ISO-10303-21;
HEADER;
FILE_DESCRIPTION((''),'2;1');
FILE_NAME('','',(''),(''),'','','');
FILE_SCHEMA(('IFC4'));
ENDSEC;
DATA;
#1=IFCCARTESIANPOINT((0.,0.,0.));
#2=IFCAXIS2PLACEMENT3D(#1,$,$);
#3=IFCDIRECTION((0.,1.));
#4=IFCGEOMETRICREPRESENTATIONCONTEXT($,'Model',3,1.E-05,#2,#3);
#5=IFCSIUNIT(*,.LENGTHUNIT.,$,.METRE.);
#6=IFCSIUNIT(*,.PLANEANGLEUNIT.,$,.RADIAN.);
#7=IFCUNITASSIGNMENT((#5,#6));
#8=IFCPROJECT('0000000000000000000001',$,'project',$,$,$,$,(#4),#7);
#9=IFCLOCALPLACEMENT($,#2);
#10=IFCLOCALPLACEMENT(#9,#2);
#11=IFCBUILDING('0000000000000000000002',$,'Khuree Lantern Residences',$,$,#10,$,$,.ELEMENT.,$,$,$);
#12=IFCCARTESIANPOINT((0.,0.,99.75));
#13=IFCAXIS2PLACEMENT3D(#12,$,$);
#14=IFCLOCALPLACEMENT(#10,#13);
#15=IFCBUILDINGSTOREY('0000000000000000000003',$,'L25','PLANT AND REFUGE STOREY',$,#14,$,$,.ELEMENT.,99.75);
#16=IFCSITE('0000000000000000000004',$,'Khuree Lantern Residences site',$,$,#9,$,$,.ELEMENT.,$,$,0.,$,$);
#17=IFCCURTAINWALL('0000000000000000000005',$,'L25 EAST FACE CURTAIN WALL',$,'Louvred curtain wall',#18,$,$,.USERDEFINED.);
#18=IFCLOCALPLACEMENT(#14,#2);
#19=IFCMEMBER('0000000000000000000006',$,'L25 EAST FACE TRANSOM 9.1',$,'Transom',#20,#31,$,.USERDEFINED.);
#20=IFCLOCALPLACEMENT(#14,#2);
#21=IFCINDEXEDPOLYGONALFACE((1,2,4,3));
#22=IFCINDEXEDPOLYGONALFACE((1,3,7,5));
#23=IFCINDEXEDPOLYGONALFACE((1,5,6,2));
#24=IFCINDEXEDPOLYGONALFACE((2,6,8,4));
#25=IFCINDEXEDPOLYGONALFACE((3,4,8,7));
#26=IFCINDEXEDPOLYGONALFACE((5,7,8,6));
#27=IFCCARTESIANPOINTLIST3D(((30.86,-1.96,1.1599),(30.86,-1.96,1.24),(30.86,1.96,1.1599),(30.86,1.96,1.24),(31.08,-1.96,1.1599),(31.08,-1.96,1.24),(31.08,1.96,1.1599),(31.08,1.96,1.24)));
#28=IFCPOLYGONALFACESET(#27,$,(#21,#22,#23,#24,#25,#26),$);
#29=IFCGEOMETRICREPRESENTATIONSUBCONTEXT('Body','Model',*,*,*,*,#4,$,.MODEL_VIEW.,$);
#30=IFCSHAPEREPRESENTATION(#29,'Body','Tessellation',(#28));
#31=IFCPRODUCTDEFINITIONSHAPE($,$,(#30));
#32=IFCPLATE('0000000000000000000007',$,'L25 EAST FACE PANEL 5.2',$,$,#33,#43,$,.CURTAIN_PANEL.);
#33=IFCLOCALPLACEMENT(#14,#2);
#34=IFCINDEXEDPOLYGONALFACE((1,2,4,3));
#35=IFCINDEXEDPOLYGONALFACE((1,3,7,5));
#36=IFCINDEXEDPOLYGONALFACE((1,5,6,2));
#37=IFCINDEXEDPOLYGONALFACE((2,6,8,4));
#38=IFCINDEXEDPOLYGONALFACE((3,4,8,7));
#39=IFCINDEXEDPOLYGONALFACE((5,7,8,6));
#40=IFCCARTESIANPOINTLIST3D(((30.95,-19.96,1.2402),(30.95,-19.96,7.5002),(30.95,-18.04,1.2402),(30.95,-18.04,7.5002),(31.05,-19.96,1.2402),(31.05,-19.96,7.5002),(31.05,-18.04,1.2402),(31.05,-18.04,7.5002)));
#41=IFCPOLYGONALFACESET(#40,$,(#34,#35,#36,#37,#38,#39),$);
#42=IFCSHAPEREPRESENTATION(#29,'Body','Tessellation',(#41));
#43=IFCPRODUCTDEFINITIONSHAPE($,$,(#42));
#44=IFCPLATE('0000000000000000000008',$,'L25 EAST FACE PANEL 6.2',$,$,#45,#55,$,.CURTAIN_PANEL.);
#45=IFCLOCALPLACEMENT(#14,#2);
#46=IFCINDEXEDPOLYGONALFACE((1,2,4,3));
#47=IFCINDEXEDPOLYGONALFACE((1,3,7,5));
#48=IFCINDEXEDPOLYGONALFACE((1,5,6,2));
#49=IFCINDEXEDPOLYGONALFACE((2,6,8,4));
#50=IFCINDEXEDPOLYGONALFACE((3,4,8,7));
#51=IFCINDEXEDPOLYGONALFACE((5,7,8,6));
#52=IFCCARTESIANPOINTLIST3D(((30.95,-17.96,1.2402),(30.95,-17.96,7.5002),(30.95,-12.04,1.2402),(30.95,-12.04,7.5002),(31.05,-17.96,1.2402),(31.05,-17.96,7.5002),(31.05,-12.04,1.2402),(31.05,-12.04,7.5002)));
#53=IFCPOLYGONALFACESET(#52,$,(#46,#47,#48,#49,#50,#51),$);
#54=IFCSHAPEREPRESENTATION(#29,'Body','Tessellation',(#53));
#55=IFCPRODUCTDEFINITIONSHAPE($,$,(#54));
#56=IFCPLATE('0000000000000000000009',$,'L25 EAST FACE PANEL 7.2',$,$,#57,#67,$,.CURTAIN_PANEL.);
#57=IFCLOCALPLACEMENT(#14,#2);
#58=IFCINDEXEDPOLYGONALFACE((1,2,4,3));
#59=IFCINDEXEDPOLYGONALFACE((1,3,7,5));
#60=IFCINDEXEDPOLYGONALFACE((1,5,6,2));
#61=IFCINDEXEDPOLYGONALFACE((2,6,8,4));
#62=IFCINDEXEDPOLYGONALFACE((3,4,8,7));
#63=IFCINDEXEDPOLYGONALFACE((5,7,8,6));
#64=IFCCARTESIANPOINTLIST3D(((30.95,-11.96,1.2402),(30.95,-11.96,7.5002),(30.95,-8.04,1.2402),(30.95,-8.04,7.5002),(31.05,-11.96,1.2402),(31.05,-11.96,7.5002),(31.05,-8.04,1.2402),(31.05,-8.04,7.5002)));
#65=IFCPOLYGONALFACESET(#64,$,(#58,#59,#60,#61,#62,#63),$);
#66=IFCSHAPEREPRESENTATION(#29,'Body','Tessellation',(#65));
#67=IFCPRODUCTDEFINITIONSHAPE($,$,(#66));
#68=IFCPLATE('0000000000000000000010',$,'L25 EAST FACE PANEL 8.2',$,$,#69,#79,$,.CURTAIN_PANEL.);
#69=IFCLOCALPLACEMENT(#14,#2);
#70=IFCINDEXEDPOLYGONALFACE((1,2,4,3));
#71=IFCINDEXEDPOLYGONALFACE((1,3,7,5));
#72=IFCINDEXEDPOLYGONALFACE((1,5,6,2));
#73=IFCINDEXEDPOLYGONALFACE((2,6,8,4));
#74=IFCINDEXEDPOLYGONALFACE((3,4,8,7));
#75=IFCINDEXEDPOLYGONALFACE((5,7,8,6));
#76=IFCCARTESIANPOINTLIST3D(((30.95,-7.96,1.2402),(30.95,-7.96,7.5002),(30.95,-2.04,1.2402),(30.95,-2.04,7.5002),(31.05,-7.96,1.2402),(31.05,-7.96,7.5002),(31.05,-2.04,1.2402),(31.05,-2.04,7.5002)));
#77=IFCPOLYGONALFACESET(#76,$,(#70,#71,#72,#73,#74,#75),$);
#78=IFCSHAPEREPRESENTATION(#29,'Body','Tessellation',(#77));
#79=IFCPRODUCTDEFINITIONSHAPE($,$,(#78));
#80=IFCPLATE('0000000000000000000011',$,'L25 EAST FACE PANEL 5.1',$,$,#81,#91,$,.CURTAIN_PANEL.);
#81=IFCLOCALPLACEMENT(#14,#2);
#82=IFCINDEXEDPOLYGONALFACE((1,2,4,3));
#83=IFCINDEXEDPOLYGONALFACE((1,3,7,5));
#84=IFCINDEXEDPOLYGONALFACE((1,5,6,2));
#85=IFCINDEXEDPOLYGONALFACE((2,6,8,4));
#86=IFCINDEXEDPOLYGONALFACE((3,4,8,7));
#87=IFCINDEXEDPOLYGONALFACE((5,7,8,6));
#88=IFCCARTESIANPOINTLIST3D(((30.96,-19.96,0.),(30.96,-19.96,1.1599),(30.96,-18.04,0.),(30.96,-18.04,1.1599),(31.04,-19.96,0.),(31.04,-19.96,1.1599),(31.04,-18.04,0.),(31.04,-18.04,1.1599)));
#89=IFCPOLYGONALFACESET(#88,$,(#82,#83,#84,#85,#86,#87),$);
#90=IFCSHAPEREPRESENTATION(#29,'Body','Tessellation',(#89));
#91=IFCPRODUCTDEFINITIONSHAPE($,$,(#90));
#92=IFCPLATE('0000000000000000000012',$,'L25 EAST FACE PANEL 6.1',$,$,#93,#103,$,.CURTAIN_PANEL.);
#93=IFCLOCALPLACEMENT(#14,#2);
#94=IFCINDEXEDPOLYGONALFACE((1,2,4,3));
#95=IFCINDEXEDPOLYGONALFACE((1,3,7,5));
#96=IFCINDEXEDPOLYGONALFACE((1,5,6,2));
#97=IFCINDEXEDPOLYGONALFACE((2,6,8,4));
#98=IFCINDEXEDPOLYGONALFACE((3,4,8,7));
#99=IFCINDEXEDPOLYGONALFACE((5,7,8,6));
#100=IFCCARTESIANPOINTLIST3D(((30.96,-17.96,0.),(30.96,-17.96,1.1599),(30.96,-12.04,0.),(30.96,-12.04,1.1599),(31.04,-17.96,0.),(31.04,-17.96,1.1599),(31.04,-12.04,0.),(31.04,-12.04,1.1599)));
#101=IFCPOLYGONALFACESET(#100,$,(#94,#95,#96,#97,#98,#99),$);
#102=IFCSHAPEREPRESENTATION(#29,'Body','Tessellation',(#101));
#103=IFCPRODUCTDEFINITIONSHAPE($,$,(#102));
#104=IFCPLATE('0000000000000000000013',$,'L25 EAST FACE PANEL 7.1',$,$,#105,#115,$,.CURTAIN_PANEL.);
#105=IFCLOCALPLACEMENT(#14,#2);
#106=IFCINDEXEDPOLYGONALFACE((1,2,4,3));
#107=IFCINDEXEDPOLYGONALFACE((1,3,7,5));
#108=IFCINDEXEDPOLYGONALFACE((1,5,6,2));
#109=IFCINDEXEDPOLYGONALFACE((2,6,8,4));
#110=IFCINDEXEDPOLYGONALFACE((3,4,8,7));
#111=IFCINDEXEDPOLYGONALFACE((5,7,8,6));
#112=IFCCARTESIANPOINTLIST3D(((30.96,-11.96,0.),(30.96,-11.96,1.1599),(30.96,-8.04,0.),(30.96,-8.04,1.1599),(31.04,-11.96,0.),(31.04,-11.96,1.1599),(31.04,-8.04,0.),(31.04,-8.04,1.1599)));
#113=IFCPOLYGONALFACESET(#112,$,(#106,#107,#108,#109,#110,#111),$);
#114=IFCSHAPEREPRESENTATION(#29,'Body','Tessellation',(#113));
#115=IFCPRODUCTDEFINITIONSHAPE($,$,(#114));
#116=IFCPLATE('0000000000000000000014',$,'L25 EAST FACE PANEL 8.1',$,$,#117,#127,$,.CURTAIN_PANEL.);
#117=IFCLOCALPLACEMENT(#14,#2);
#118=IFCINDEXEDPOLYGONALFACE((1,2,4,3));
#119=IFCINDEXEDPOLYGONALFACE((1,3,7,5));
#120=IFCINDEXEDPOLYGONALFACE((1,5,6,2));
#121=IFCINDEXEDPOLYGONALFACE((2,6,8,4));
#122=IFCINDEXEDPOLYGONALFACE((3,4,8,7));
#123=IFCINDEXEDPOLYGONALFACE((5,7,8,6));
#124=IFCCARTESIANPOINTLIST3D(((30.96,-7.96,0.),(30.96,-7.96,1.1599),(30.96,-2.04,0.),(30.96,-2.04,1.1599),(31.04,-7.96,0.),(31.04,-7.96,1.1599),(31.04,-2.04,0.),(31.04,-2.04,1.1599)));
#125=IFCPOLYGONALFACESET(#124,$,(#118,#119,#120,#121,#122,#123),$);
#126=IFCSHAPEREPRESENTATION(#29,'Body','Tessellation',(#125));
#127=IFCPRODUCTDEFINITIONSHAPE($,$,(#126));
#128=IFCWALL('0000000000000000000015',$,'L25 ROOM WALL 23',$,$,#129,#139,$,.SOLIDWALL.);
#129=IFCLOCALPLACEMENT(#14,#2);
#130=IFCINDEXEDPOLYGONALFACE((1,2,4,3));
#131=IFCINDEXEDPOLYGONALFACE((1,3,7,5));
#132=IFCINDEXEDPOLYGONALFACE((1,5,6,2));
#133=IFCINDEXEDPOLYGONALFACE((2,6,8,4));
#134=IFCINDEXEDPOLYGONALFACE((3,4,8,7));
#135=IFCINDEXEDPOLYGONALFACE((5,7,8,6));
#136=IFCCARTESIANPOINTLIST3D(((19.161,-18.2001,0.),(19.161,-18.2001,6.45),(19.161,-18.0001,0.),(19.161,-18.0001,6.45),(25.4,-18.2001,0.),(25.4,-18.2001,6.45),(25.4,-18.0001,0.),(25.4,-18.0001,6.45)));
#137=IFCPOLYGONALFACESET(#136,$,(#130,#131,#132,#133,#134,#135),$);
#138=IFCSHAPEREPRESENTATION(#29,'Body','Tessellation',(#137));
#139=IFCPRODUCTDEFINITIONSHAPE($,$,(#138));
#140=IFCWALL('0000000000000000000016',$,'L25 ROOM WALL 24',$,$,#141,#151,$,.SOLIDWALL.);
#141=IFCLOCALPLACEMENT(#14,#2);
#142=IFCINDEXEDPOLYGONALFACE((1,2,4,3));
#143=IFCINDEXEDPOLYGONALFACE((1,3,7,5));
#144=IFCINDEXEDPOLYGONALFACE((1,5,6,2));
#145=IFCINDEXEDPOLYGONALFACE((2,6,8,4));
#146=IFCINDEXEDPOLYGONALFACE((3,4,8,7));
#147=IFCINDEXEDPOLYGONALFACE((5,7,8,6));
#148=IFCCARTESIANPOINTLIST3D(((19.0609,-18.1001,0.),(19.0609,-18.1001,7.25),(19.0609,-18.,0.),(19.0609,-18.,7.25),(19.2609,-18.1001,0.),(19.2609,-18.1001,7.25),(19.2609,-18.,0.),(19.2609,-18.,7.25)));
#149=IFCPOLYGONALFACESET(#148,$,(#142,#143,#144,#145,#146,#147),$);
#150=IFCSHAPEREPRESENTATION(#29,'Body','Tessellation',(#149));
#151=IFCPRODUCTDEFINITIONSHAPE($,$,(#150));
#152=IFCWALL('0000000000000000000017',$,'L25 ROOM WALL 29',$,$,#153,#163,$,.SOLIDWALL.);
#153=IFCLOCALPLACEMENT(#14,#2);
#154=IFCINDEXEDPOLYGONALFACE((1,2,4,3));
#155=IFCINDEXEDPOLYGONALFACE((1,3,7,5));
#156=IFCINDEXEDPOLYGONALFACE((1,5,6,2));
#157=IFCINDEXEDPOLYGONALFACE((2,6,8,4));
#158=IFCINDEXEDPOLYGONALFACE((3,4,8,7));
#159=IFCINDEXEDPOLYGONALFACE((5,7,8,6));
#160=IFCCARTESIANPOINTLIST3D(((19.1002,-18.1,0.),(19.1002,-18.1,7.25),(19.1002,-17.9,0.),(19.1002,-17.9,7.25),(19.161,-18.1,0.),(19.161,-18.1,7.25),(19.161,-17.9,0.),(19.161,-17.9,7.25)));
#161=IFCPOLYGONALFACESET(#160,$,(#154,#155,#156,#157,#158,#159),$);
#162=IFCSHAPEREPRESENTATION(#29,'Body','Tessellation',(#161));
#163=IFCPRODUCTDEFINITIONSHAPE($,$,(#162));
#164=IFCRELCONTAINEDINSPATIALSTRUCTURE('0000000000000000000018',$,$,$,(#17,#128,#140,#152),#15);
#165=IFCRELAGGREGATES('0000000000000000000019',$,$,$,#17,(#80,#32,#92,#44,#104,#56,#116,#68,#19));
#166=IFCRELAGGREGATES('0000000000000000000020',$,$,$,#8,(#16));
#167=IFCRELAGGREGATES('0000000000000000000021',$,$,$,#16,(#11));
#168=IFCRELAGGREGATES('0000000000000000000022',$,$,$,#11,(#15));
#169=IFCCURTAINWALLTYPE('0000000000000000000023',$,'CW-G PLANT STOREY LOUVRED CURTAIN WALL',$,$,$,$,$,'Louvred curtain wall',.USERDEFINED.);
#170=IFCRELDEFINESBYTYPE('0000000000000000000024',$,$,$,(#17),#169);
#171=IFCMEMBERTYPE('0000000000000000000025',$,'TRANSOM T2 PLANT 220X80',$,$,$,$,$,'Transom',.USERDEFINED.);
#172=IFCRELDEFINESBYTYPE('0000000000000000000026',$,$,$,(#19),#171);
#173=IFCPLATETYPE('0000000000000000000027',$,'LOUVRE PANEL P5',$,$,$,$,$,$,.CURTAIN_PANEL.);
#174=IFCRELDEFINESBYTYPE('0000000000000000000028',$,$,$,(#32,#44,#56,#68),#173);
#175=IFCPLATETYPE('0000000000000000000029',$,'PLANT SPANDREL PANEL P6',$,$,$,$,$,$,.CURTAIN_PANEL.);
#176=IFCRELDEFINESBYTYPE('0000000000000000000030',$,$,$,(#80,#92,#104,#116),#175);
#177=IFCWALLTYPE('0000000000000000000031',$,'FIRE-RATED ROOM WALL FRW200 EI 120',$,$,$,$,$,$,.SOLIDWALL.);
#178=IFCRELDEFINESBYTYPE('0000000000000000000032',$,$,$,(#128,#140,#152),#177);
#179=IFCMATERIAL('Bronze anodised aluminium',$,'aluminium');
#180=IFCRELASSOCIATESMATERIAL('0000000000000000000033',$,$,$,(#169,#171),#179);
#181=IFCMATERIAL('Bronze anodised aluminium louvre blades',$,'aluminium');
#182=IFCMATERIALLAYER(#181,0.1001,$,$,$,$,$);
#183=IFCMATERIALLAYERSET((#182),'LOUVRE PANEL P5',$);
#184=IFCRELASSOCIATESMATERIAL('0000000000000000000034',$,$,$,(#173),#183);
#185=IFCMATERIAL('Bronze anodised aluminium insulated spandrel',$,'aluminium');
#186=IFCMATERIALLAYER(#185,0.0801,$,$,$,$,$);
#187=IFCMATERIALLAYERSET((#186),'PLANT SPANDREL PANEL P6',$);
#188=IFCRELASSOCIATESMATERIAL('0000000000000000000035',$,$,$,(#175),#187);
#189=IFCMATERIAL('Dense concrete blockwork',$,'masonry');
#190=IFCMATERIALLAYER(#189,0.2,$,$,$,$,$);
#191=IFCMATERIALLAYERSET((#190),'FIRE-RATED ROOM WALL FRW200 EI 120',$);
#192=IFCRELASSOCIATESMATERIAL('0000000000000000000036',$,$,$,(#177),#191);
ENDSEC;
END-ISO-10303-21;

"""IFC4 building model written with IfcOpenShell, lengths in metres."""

from ifc_helpers import new_model, si_unit, direction, frame, frame_2d, origin, origin_2d, place, context, subcontext, project, spatial, rectangle, extrude, material, layer, layer_set, material_profile, profile_set, type_object, element, aggregate, save


model = new_model("IFC4")

# Units and contexts
model_context = context("Model", 3, precision=1e-05, world=origin(), true_north=direction((0.0, 1.0)))
body_context = subcontext(model_context, "Body", "Model", "MODEL_VIEW")
ifc_project = project(units=[si_unit("LENGTHUNIT", "METRE"), si_unit("PLANEANGLEUNIT", "RADIAN")], contexts=[model_context])

# Site, building, storey
site_placement = place(None, origin())
site = spatial("IfcSite", under=ifc_project, at=site_placement, Name="Khuree Lantern Residences site", CompositionType="ELEMENT", RefElevation=0.0)
building_placement = place(site_placement, origin())
building = spatial("IfcBuilding", under=site, at=building_placement, Name="Khuree Lantern Residences", CompositionType="ELEMENT")
storey_placement = place(building_placement, frame((0.0, 0.0, 99.75)))
storey = spatial("IfcBuildingStorey", under=building, at=storey_placement, Name="L25", Description="PLANT AND REFUGE STOREY", CompositionType="ELEMENT", Elevation=99.75)

# Curtain wall
ifc_material_1 = material(Name="Bronze anodised aluminium", Category="aluminium")
curtain_wall_type = type_object("IfcCurtainWallType", Name="CW-G PLANT STOREY LOUVRED CURTAIN WALL", ElementType="Louvred curtain wall", PredefinedType="USERDEFINED", material=ifc_material_1)
curtain_wall_placement = place(storey_placement, origin())
curtain_wall = element("IfcCurtainWall", 1, at=curtain_wall_placement, inside=storey, type_object=curtain_wall_type, Name="L25 EAST FACE CURTAIN WALL", ObjectType="Louvred curtain wall", PredefinedType="USERDEFINED")

# Member
ifc_material_profile_1 = material_profile(ifc_material_1, rectangle(XDim=0.22, YDim=0.0801, at=origin_2d()), Name="T2 220X80")
ifc_profile_set_1 = profile_set([ifc_material_profile_1], Name="Bronze anodised aluminium")
member_type_1 = type_object("IfcMemberType", Name="TRANSOM T2 PLANT 220X80", ElementType="Transom", PredefinedType="USERDEFINED", material=ifc_profile_set_1)
member_1_placement = place(storey_placement, frame((30.97, -1.96, 1.2), z_axis=(0.0, 1.0, 0.0), x_axis=(-1.0, 0.0, 0.0)))
member_1 = element("IfcMember", 2, at=member_1_placement, type_object=member_type_1, Name="L25 EAST FACE TRANSOM 9.1", ObjectType="Transom", PredefinedType="USERDEFINED", context=body_context, shape_type="SweptSolid", body=[
    extrude(rectangle(XDim=0.22, YDim=0.0801, at=origin_2d()), origin(), (0.0, 0.0, 1.0), 3.9199),
])

# Plates
ifc_material_2 = material(Name="Bronze anodised aluminium louvre blades", Category="aluminium")
ifc_layer_1 = layer(ifc_material_2, 0.1001)
ifc_layer_set_1 = layer_set([ifc_layer_1], Name="LOUVRE PANEL P5")
plate_type_1 = type_object("IfcPlateType", Name="LOUVRE PANEL P5", PredefinedType="CURTAIN_PANEL", material=ifc_layer_set_1)
plate_1_placement = place(storey_placement, frame((31.0, -19.0, 1.2402), z_axis=(0.0, 0.0, 1.0), x_axis=(0.0, 1.0, 0.0)))
plate_1 = element("IfcPlate", 3, at=plate_1_placement, type_object=plate_type_1, Name="L25 EAST FACE PANEL 5.2", PredefinedType="CURTAIN_PANEL", context=body_context, shape_type="SweptSolid", body=[
    extrude(rectangle(XDim=1.9199, YDim=0.1001, at=origin_2d()), origin(), (0.0, 0.0, 1.0), 6.26),
])
plate_2_placement = place(storey_placement, frame((31.0, -15.0, 1.2402), z_axis=(0.0, 0.0, 1.0), x_axis=(0.0, 1.0, 0.0)))
plate_2 = element("IfcPlate", 4, at=plate_2_placement, type_object=plate_type_1, Name="L25 EAST FACE PANEL 6.2", PredefinedType="CURTAIN_PANEL", context=body_context, shape_type="SweptSolid", body=[
    extrude(rectangle(XDim=5.9199, YDim=0.1001, at=origin_2d()), origin(), (0.0, 0.0, 1.0), 6.26),
])
plate_3_placement = place(storey_placement, frame((31.0, -10.0, 1.2402), z_axis=(0.0, 0.0, 1.0), x_axis=(0.0, 1.0, 0.0)))
plate_3 = element("IfcPlate", 5, at=plate_3_placement, type_object=plate_type_1, Name="L25 EAST FACE PANEL 7.2", PredefinedType="CURTAIN_PANEL", context=body_context, shape_type="SweptSolid", body=[
    extrude(rectangle(XDim=3.9199, YDim=0.1001, at=origin_2d()), origin(), (0.0, 0.0, 1.0), 6.26),
])
plate_4_placement = place(storey_placement, frame((31.0, -5.0, 1.2402), z_axis=(0.0, 0.0, 1.0), x_axis=(0.0, 1.0, 0.0)))
plate_4 = element("IfcPlate", 6, at=plate_4_placement, type_object=plate_type_1, Name="L25 EAST FACE PANEL 8.2", PredefinedType="CURTAIN_PANEL", context=body_context, shape_type="SweptSolid", body=[
    extrude(rectangle(XDim=5.9199, YDim=0.1001, at=origin_2d()), origin(), (0.0, 0.0, 1.0), 6.26),
])
ifc_material_3 = material(Name="Bronze anodised aluminium insulated spandrel", Category="aluminium")
ifc_layer_2 = layer(ifc_material_3, 0.0801)
ifc_layer_set_2 = layer_set([ifc_layer_2], Name="PLANT SPANDREL PANEL P6")
plate_type_2 = type_object("IfcPlateType", Name="PLANT SPANDREL PANEL P6", PredefinedType="CURTAIN_PANEL", material=ifc_layer_set_2)
plate_5_placement = place(storey_placement, frame((31.0, -19.0, 0.0), z_axis=(0.0, 0.0, 1.0), x_axis=(0.0, 1.0, 0.0)))
plate_5 = element("IfcPlate", 7, at=plate_5_placement, type_object=plate_type_2, Name="L25 EAST FACE PANEL 5.1", PredefinedType="CURTAIN_PANEL", context=body_context, shape_type="SweptSolid", body=[
    extrude(rectangle(XDim=1.9199, YDim=0.0801, at=origin_2d()), origin(), (0.0, 0.0, 1.0), 1.1599),
])
plate_6_placement = place(storey_placement, frame((31.0, -15.0, 0.0), z_axis=(0.0, 0.0, 1.0), x_axis=(0.0, 1.0, 0.0)))
plate_6 = element("IfcPlate", 8, at=plate_6_placement, type_object=plate_type_2, Name="L25 EAST FACE PANEL 6.1", PredefinedType="CURTAIN_PANEL", context=body_context, shape_type="SweptSolid", body=[
    extrude(rectangle(XDim=5.9199, YDim=0.0801, at=origin_2d()), origin(), (0.0, 0.0, 1.0), 1.1599),
])
plate_7_placement = place(storey_placement, frame((31.0, -10.0, 0.0), z_axis=(0.0, 0.0, 1.0), x_axis=(0.0, 1.0, 0.0)))
plate_7 = element("IfcPlate", 9, at=plate_7_placement, type_object=plate_type_2, Name="L25 EAST FACE PANEL 7.1", PredefinedType="CURTAIN_PANEL", context=body_context, shape_type="SweptSolid", body=[
    extrude(rectangle(XDim=3.9199, YDim=0.0801, at=origin_2d()), origin(), (0.0, 0.0, 1.0), 1.1599),
])
plate_8_placement = place(storey_placement, frame((31.0, -5.0, 0.0), z_axis=(0.0, 0.0, 1.0), x_axis=(0.0, 1.0, 0.0)))
plate_8 = element("IfcPlate", 10, at=plate_8_placement, type_object=plate_type_2, Name="L25 EAST FACE PANEL 8.1", PredefinedType="CURTAIN_PANEL", context=body_context, shape_type="SweptSolid", body=[
    extrude(rectangle(XDim=5.9199, YDim=0.0801, at=origin_2d()), origin(), (0.0, 0.0, 1.0), 1.1599),
])
aggregate(curtain_wall, [plate_5, plate_1, plate_6, plate_2, plate_7, plate_3, plate_8, plate_4, member_1])

# Walls
ifc_material_4 = material(Name="Dense concrete blockwork", Category="masonry")
ifc_layer_3 = layer(ifc_material_4, 0.2)
ifc_layer_set_3 = layer_set([ifc_layer_3], Name="FIRE-RATED ROOM WALL FRW200 EI 120")
wall_type = type_object("IfcWallType", Name="FIRE-RATED ROOM WALL FRW200 EI 120", PredefinedType="SOLIDWALL", material=ifc_layer_set_3)
wall_1_placement = place(storey_placement, frame((19.1609, -18.1001, 0.0), z_axis=(0.0, 0.0, 1.0), x_axis=(1.0, 0.0, 0.0)))
element("IfcWall", 11, at=wall_1_placement, inside=storey, type_object=wall_type, Name="L25 ROOM WALL 23", PredefinedType="SOLIDWALL", context=body_context, shape_type="SweptSolid", body=[
    extrude(rectangle(XDim=6.239, YDim=0.2, at=frame_2d((3.1196, 0.0))), origin(), (0.0, 0.0, 1.0), 6.45),
])
wall_2_placement = place(storey_placement, frame((19.1609, -18.1001, 0.0), z_axis=(0.0, 0.0, 1.0), x_axis=(0.0, 1.0, 0.0)))
element("IfcWall", 12, at=wall_2_placement, inside=storey, type_object=wall_type, Name="L25 ROOM WALL 24", PredefinedType="SOLIDWALL", context=body_context, shape_type="SweptSolid", body=[
    extrude(rectangle(XDim=0.1001, YDim=0.2, at=frame_2d((0.05, 0.0))), origin(), (0.0, 0.0, 1.0), 7.25),
])
wall_3_placement = place(storey_placement, frame((19.1609, -18.0, 0.0), z_axis=(0.0, 0.0, 1.0), x_axis=(-1.0, 0.0, 0.0)))
element("IfcWall", 13, at=wall_3_placement, inside=storey, type_object=wall_type, Name="L25 ROOM WALL 29", PredefinedType="SOLIDWALL", context=body_context, shape_type="SweptSolid", body=[
    extrude(rectangle(XDim=0.0608, YDim=0.2, at=frame_2d((0.0303, 0.0))), origin(), (0.0, 0.0, 1.0), 7.25),
])

save(model, "model.ifc")
